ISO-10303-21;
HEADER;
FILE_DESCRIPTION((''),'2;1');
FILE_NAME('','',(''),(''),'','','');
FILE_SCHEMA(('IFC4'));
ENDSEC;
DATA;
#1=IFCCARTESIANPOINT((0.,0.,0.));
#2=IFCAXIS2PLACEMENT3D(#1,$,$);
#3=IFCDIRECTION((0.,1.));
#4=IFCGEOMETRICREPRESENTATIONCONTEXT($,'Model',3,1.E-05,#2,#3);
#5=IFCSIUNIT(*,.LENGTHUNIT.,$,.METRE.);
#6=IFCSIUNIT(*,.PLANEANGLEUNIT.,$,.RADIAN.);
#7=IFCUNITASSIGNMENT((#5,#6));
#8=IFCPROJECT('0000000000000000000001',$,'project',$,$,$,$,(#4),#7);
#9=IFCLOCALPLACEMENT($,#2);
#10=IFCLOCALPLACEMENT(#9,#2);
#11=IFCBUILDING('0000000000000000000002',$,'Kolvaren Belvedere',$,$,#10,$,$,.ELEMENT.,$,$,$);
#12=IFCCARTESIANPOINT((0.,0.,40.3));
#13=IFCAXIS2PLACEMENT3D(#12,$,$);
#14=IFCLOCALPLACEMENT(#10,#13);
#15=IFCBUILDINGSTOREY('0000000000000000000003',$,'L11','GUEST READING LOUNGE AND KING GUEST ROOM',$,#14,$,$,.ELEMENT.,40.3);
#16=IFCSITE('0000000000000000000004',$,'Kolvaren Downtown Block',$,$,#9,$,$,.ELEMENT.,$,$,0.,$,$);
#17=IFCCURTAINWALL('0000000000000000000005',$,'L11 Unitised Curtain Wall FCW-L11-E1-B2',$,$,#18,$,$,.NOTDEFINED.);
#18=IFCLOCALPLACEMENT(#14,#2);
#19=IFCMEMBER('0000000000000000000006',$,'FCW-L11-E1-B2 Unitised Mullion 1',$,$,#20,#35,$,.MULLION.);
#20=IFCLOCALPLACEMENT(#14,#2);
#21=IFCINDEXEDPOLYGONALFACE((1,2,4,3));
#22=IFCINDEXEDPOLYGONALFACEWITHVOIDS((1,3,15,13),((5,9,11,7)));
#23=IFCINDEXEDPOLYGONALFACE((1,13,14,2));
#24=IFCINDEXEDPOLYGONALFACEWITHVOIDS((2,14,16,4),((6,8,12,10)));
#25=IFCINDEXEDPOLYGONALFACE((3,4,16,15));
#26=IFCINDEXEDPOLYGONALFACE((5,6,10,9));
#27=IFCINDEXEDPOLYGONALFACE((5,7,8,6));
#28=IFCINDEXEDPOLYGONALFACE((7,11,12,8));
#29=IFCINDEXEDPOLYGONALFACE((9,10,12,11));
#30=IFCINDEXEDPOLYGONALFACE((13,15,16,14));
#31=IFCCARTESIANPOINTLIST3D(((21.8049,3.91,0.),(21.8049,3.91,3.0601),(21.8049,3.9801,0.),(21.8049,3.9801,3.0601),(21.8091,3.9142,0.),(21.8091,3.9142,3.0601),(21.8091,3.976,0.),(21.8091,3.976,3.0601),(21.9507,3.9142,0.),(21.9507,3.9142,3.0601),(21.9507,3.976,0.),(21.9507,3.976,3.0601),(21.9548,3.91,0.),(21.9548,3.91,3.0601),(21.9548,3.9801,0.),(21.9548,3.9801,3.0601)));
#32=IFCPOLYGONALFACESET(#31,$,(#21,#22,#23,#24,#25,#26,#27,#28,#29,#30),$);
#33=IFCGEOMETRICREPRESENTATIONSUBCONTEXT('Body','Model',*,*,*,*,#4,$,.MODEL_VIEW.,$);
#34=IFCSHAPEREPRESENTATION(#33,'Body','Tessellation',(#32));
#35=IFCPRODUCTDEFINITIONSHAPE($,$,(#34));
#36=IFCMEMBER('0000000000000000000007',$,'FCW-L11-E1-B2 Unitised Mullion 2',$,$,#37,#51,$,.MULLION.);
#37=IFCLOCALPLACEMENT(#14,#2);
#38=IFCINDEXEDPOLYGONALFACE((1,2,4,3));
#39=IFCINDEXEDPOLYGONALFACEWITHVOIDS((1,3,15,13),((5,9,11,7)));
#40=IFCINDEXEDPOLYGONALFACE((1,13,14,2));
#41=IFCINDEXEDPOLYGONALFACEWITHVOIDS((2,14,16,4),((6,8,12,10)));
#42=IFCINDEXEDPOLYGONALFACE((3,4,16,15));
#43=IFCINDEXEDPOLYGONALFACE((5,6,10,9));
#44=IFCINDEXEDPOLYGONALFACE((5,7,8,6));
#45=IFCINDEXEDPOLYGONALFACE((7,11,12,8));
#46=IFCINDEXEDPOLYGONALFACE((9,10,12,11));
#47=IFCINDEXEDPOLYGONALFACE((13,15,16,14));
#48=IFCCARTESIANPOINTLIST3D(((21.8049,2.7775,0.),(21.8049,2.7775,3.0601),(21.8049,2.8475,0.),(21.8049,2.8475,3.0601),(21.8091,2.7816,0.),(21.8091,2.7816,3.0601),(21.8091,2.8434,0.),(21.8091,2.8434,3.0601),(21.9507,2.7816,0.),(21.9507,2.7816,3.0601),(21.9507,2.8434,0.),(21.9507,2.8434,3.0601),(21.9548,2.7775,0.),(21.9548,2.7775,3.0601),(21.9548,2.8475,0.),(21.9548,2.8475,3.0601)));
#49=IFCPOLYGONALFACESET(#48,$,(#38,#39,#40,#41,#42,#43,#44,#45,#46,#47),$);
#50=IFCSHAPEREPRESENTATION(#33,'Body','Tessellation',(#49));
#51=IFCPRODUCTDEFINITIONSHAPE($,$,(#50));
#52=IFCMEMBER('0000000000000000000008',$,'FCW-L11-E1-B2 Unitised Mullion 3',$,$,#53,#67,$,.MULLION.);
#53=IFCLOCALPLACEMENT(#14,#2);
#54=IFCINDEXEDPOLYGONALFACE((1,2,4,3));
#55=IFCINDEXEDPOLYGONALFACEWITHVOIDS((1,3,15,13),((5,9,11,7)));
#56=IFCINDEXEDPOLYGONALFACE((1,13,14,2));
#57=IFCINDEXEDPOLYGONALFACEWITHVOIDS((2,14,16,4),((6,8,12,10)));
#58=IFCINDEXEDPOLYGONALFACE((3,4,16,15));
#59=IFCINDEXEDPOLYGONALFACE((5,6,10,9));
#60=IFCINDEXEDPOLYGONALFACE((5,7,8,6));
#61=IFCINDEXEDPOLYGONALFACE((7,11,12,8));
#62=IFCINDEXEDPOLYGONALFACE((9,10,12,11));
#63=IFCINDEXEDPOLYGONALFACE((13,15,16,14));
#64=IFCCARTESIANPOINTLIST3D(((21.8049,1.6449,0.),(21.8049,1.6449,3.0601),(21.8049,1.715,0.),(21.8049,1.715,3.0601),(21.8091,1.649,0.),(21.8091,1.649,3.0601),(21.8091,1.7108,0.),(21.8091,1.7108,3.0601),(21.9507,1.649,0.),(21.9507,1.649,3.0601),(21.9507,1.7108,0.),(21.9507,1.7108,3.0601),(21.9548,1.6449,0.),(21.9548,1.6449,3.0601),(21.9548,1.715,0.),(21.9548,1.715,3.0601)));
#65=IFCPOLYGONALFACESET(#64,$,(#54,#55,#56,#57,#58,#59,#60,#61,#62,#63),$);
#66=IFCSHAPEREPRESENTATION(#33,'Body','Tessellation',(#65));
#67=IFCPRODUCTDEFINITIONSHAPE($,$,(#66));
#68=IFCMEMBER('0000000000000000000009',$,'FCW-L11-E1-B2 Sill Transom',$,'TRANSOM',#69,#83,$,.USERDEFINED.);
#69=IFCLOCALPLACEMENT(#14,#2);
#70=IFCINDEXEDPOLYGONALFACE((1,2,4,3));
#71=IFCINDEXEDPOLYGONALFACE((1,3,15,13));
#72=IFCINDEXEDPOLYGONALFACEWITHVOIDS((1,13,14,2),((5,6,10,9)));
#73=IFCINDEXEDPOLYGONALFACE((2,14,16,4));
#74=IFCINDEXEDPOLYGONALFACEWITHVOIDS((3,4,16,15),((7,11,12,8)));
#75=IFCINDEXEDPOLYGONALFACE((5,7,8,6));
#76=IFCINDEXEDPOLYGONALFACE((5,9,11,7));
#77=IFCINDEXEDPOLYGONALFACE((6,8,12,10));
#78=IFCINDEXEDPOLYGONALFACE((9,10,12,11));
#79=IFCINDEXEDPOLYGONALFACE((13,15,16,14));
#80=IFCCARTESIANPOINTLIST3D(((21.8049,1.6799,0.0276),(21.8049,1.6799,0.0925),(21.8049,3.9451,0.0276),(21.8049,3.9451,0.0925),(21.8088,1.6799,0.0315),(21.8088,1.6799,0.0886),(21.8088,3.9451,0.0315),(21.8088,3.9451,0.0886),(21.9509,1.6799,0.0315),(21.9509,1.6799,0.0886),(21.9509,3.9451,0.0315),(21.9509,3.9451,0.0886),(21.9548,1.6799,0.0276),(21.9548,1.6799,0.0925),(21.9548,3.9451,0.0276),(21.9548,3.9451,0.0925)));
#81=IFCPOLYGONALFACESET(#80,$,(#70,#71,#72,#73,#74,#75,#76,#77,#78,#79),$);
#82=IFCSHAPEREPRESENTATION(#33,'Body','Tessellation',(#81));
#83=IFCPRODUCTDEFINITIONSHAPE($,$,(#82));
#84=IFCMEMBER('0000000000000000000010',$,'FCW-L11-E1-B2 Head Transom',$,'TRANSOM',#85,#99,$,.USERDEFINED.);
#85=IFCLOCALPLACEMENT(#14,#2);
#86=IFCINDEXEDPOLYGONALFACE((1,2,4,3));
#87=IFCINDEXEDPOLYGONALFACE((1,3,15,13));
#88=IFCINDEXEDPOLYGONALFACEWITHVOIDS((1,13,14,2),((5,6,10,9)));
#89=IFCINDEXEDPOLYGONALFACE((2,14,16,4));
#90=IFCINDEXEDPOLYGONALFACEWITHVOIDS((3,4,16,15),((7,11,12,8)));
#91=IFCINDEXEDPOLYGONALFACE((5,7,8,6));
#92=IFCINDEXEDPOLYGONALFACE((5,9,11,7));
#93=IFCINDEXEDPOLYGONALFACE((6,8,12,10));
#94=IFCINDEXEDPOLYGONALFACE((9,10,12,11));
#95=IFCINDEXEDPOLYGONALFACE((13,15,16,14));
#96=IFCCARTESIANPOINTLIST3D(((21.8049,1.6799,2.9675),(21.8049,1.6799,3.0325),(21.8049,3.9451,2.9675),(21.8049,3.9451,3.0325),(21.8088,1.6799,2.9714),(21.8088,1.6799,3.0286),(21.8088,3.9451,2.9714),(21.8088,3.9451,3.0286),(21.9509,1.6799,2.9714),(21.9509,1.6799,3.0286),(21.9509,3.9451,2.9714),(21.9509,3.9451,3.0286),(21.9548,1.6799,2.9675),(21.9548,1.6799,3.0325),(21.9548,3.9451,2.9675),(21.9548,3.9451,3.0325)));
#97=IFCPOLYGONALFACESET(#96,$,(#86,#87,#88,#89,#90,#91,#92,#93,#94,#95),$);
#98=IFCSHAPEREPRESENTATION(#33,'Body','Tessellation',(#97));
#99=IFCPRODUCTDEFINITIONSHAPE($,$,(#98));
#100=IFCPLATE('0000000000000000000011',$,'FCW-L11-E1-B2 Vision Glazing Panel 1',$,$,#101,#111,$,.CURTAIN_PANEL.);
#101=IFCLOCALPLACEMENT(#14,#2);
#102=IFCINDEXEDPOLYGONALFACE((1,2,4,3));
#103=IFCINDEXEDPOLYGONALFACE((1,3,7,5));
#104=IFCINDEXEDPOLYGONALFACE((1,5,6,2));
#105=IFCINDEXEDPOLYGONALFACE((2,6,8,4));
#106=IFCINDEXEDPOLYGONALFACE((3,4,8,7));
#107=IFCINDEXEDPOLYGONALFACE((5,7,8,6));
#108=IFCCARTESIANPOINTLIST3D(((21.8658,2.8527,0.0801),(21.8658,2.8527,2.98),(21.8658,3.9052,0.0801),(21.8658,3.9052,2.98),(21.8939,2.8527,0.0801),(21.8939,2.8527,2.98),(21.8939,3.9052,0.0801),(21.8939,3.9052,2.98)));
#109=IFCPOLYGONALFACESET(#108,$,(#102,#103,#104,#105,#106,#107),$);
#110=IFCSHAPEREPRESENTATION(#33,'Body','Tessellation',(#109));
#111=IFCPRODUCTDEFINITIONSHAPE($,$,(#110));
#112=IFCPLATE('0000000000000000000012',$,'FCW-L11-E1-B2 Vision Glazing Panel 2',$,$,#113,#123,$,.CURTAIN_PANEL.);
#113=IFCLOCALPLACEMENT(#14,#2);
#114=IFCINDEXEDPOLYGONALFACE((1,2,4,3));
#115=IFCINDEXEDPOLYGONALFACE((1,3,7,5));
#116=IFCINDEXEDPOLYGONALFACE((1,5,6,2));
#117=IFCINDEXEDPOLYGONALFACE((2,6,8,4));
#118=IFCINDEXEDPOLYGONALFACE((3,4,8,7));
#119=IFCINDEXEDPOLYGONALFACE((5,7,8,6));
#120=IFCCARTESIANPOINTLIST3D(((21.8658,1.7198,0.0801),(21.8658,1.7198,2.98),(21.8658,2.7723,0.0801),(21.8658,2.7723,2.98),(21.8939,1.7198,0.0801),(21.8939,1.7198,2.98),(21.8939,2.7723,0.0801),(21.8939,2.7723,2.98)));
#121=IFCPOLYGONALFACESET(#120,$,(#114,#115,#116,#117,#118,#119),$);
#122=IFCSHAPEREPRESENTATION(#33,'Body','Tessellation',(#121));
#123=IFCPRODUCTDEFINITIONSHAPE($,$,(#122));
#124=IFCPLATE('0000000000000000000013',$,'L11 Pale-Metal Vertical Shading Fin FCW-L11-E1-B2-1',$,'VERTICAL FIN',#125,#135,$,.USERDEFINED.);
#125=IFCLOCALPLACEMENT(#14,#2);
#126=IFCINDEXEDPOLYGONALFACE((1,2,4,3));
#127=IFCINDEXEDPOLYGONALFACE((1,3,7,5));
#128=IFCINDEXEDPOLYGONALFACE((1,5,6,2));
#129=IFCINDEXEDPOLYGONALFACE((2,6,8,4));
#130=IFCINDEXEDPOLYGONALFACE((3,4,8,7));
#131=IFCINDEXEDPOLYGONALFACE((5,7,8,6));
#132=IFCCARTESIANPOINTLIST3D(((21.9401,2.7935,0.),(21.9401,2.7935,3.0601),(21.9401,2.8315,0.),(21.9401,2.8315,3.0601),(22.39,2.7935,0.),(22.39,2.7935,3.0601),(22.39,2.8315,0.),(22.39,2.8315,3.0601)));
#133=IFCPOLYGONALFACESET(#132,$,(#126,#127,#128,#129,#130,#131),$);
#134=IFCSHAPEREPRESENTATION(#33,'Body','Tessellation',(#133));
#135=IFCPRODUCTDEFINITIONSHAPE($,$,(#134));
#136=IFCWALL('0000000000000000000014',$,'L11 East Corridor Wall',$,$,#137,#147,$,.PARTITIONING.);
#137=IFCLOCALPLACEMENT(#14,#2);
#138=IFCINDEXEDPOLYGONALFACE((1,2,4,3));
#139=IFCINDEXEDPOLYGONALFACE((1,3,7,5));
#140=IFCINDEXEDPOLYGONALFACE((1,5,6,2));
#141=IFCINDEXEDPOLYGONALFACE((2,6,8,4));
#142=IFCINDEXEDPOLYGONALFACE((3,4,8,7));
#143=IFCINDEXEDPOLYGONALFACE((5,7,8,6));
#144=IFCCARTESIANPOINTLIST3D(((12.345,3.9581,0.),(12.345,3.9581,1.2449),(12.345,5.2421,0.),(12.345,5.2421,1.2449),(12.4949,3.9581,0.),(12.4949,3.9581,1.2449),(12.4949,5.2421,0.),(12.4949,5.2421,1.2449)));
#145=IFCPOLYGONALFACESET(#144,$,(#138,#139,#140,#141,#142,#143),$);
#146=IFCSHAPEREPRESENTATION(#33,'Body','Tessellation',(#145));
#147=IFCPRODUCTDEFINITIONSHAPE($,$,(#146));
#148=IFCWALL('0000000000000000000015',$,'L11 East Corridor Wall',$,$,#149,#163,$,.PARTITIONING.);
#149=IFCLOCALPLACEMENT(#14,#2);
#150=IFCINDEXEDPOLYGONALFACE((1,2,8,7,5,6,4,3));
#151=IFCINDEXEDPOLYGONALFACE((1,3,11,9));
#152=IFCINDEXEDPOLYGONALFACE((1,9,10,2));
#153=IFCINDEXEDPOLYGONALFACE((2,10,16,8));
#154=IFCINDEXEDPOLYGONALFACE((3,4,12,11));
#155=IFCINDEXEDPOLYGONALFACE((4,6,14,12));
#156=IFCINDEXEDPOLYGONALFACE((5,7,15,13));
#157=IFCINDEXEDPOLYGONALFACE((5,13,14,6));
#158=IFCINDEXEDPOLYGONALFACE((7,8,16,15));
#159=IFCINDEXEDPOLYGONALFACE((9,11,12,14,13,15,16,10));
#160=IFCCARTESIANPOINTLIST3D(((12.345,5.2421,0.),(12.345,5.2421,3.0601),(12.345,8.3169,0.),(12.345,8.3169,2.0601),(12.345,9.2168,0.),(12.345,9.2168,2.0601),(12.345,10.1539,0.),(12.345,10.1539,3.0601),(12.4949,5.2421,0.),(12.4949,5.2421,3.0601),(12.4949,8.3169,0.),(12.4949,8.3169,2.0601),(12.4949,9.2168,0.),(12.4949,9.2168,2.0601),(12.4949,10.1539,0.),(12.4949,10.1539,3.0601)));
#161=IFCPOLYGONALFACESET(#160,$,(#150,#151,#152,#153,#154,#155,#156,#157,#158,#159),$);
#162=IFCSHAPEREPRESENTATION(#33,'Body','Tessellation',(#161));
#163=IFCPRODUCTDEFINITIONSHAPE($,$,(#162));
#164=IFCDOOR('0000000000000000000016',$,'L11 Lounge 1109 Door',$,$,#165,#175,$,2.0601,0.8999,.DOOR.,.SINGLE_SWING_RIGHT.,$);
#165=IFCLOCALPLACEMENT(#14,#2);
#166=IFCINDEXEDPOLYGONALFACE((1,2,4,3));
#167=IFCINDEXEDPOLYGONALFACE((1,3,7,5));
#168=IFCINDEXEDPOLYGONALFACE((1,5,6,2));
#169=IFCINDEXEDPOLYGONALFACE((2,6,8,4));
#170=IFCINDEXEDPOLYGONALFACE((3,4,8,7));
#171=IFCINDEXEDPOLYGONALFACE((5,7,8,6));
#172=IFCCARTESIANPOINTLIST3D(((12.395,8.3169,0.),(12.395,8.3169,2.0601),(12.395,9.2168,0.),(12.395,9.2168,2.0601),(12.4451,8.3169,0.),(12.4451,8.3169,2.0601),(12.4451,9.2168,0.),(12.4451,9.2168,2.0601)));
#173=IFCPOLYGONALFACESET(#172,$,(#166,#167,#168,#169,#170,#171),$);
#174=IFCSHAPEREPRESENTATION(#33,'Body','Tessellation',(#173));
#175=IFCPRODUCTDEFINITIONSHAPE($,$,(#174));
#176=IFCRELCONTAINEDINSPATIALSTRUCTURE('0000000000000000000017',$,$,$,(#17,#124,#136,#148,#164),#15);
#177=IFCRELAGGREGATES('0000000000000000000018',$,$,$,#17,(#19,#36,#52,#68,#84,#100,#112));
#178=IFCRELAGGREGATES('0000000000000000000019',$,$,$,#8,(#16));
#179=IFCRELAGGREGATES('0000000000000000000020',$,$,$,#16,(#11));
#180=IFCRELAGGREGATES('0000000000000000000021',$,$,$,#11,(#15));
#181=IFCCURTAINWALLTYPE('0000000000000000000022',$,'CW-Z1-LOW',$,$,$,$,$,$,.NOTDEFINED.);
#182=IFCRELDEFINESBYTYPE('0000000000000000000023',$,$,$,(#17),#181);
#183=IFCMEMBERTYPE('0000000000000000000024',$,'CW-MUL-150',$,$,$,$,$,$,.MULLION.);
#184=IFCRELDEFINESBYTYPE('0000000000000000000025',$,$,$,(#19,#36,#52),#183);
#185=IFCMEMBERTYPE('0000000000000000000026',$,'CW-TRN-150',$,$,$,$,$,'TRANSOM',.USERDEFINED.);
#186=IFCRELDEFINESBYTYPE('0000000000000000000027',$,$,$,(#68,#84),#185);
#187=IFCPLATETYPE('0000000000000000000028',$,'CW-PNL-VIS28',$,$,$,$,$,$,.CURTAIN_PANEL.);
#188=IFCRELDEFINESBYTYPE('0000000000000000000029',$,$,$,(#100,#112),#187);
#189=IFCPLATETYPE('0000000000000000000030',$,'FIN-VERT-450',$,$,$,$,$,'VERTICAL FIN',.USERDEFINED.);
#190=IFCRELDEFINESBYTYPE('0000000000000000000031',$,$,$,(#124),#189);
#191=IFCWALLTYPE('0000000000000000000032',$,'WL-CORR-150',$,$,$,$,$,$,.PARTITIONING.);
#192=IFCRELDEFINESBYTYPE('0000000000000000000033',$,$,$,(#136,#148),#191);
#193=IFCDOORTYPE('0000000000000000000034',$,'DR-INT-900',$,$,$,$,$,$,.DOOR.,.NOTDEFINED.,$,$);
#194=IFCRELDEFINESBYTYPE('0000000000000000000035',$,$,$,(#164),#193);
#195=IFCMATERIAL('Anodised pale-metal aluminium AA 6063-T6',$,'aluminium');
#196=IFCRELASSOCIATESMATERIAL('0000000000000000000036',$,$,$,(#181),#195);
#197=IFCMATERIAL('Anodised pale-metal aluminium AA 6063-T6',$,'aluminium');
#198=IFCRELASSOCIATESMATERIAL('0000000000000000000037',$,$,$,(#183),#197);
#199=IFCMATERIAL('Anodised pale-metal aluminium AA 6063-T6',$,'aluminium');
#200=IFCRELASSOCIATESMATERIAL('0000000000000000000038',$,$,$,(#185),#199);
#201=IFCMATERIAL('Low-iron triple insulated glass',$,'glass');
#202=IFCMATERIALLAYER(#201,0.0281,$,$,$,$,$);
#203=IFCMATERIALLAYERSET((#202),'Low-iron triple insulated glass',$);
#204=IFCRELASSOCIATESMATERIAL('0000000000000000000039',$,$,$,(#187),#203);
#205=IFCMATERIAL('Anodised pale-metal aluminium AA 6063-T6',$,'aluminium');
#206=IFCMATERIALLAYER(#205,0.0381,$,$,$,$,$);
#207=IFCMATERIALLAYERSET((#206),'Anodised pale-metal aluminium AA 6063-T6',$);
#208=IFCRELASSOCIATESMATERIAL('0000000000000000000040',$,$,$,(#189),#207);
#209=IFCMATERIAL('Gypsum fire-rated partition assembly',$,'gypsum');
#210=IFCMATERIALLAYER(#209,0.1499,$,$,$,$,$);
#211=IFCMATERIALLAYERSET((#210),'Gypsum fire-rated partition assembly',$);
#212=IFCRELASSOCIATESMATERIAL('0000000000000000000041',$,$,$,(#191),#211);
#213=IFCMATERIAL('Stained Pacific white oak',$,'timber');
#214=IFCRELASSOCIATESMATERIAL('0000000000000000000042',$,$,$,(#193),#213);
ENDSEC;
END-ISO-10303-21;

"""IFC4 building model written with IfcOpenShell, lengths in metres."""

from ifc_helpers import new_model, si_unit, direction, frame, frame_2d, origin, origin_2d, place, context, subcontext, project, spatial, rectangle, hollow_rectangle, extrude, material, layer, layer_set, material_profile, profile_set, type_object, element, fill, aggregate, save


model = new_model("IFC4")

# Units and contexts
model_context = context("Model", 3, precision=1e-05, world=origin(), true_north=direction((0.0, 1.0)))
body_context = subcontext(model_context, "Body", "Model", "MODEL_VIEW")
ifc_project = project(units=[si_unit("LENGTHUNIT", "METRE"), si_unit("PLANEANGLEUNIT", "RADIAN")], contexts=[model_context])

# Site, building, storey
site_placement = place(None, origin())
site = spatial("IfcSite", under=ifc_project, at=site_placement, Name="Kolvaren Downtown Block", CompositionType="ELEMENT", RefElevation=0.0)
building_placement = place(site_placement, origin())
building = spatial("IfcBuilding", under=site, at=building_placement, Name="Kolvaren Belvedere", CompositionType="ELEMENT")
storey_placement = place(building_placement, frame((0.0, 0.0, 40.3)))
storey = spatial("IfcBuildingStorey", under=building, at=storey_placement, Name="L11", Description="GUEST READING LOUNGE AND KING GUEST ROOM", CompositionType="ELEMENT", Elevation=40.3)

# Shared definitions
ifc_material_1 = material(Name="Anodised pale-metal aluminium AA 6063-T6", Category="aluminium")
curtain_wall_type = type_object("IfcCurtainWallType", Name="CW-Z1-LOW", PredefinedType="NOTDEFINED", material=ifc_material_1)
ifc_material_2 = material(Name="Anodised pale-metal aluminium AA 6063-T6", Category="aluminium")
ifc_material_profile_1 = material_profile(ifc_material_2, hollow_rectangle(XDim=0.0701, YDim=0.1499, WallThickness=0.0042, at=origin_2d()), Name="ALU-MUL-150X70")
ifc_profile_set_1 = profile_set([ifc_material_profile_1], Name="Anodised pale-metal aluminium AA 6063-T6")
member_type_1 = type_object("IfcMemberType", Name="CW-MUL-150", PredefinedType="MULLION", material=ifc_profile_set_1)

# Curtain wall, members, plates
curtain_wall_1_placement = place(storey_placement, origin())
curtain_wall_1 = element("IfcCurtainWall", 1, at=curtain_wall_1_placement, inside=storey, type_object=curtain_wall_type, Name="L11 Unitised Curtain Wall FCW-L11-E1-B2", PredefinedType="NOTDEFINED")
member_1_placement = place(storey_placement, frame((21.8799, 3.9451, 0.0), z_axis=(0.0, 0.0, 1.0), x_axis=(0.0, 1.0, 0.0)))
member_1 = element("IfcMember", 2, at=member_1_placement, type_object=member_type_1, Name="FCW-L11-E1-B2 Unitised Mullion 1", PredefinedType="MULLION", context=body_context, shape_type="SweptSolid", body=[
    extrude(hollow_rectangle(XDim=0.0701, YDim=0.1499, WallThickness=0.0042, at=origin_2d()), origin(), (0.0, 0.0, 1.0), 3.0601),
])
member_2_placement = place(storey_placement, frame((21.8799, 2.8125, 0.0), z_axis=(0.0, 0.0, 1.0), x_axis=(0.0, 1.0, 0.0)))
member_2 = element("IfcMember", 3, at=member_2_placement, type_object=member_type_1, Name="FCW-L11-E1-B2 Unitised Mullion 2", PredefinedType="MULLION", context=body_context, shape_type="SweptSolid", body=[
    extrude(hollow_rectangle(XDim=0.0701, YDim=0.1499, WallThickness=0.0042, at=origin_2d()), origin(), (0.0, 0.0, 1.0), 3.0601),
])
member_3_placement = place(storey_placement, frame((21.8799, 1.6799, 0.0), z_axis=(0.0, 0.0, 1.0), x_axis=(0.0, 1.0, 0.0)))
member_3 = element("IfcMember", 4, at=member_3_placement, type_object=member_type_1, Name="FCW-L11-E1-B2 Unitised Mullion 3", PredefinedType="MULLION", context=body_context, shape_type="SweptSolid", body=[
    extrude(hollow_rectangle(XDim=0.0701, YDim=0.1499, WallThickness=0.0042, at=origin_2d()), origin(), (0.0, 0.0, 1.0), 3.0601),
])
ifc_material_3 = material(Name="Anodised pale-metal aluminium AA 6063-T6", Category="aluminium")
ifc_material_profile_2 = material_profile(ifc_material_3, hollow_rectangle(XDim=0.0649, YDim=0.1499, WallThickness=0.0039, at=origin_2d()), Name="ALU-TRN-150X65")
ifc_profile_set_2 = profile_set([ifc_material_profile_2], Name="Anodised pale-metal aluminium AA 6063-T6")
member_type_2 = type_object("IfcMemberType", Name="CW-TRN-150", ElementType="TRANSOM", PredefinedType="USERDEFINED", material=ifc_profile_set_2)
member_4_placement = place(storey_placement, frame((21.8799, 3.9451, 0.0601), z_axis=(0.0, -1.0, 0.0), x_axis=(0.0, 0.0, 1.0)))
member_4 = element("IfcMember", 5, at=member_4_placement, type_object=member_type_2, Name="FCW-L11-E1-B2 Sill Transom", ObjectType="TRANSOM", PredefinedType="USERDEFINED", context=body_context, shape_type="SweptSolid", body=[
    extrude(hollow_rectangle(XDim=0.0649, YDim=0.1499, WallThickness=0.0039, at=origin_2d()), origin(), (0.0, 0.0, 1.0), 2.2651),
])
member_5_placement = place(storey_placement, frame((21.8799, 3.9451, 3.0), z_axis=(0.0, -1.0, 0.0), x_axis=(0.0, 0.0, 1.0)))
member_5 = element("IfcMember", 6, at=member_5_placement, type_object=member_type_2, Name="FCW-L11-E1-B2 Head Transom", ObjectType="TRANSOM", PredefinedType="USERDEFINED", context=body_context, shape_type="SweptSolid", body=[
    extrude(hollow_rectangle(XDim=0.0649, YDim=0.1499, WallThickness=0.0039, at=origin_2d()), origin(), (0.0, 0.0, 1.0), 2.2651),
])
ifc_material_4 = material(Name="Low-iron triple insulated glass", Category="glass")
ifc_layer_1 = layer(ifc_material_4, 0.0281)
ifc_layer_set_1 = layer_set([ifc_layer_1], Name="Low-iron triple insulated glass")
plate_type_1 = type_object("IfcPlateType", Name="CW-PNL-VIS28", PredefinedType="CURTAIN_PANEL", material=ifc_layer_set_1)
plate_1_placement = place(storey_placement, frame((21.8799, 3.3789, 0.0801), z_axis=(0.0, 0.0, 1.0), x_axis=(0.0, -1.0, 0.0)))
plate_1 = element("IfcPlate", 7, at=plate_1_placement, type_object=plate_type_1, Name="FCW-L11-E1-B2 Vision Glazing Panel 1", PredefinedType="CURTAIN_PANEL", context=body_context, shape_type="SweptSolid", body=[
    extrude(rectangle(XDim=1.0525, YDim=0.0281, at=origin_2d()), origin(), (0.0, 0.0, 1.0), 2.8999),
])
plate_2_placement = place(storey_placement, frame((21.8799, 2.2461, 0.0801), z_axis=(0.0, 0.0, 1.0), x_axis=(0.0, -1.0, 0.0)))
plate_2 = element("IfcPlate", 8, at=plate_2_placement, type_object=plate_type_1, Name="FCW-L11-E1-B2 Vision Glazing Panel 2", PredefinedType="CURTAIN_PANEL", context=body_context, shape_type="SweptSolid", body=[
    extrude(rectangle(XDim=1.0525, YDim=0.0281, at=origin_2d()), origin(), (0.0, 0.0, 1.0), 2.8999),
])
aggregate(curtain_wall_1, [member_1, member_2, member_3, member_4, member_5, plate_1, plate_2])

# Plate
ifc_material_5 = material(Name="Anodised pale-metal aluminium AA 6063-T6", Category="aluminium")
ifc_layer_2 = layer(ifc_material_5, 0.0381)
ifc_layer_set_2 = layer_set([ifc_layer_2], Name="Anodised pale-metal aluminium AA 6063-T6")
plate_type_2 = type_object("IfcPlateType", Name="FIN-VERT-450", ElementType="VERTICAL FIN", PredefinedType="USERDEFINED", material=ifc_layer_set_2)
plate_3_placement = place(storey_placement, frame((22.165, 2.8125, 0.0), z_axis=(0.0, 0.0, 1.0), x_axis=(1.0, 0.0, 0.0)))
element("IfcPlate", 9, at=plate_3_placement, inside=storey, type_object=plate_type_2, Name="L11 Pale-Metal Vertical Shading Fin FCW-L11-E1-B2-1", ObjectType="VERTICAL FIN", PredefinedType="USERDEFINED", context=body_context, shape_type="SweptSolid", body=[
    extrude(rectangle(XDim=0.45, YDim=0.0381, at=origin_2d()), origin(), (0.0, 0.0, 1.0), 3.0601),
])

# Wall
ifc_material_6 = material(Name="Gypsum fire-rated partition assembly", Category="gypsum")
ifc_layer_3 = layer(ifc_material_6, 0.1499)
ifc_layer_set_3 = layer_set([ifc_layer_3], Name="Gypsum fire-rated partition assembly")
wall_type_1 = type_object("IfcWallType", Name="WL-CORR-150", PredefinedType="PARTITIONING", material=ifc_layer_set_3)
wall_1_placement = place(storey_placement, frame((12.4199, 3.958, 0.0), z_axis=(0.0, 0.0, 1.0), x_axis=(0.0, 1.0, 0.0)))
element("IfcWall", 10, at=wall_1_placement, inside=storey, type_object=wall_type_1, Name="L11 East Corridor Wall", PredefinedType="PARTITIONING", context=body_context, shape_type="SweptSolid", body=[
    extrude(rectangle(XDim=1.2839, YDim=0.1499, at=frame_2d((0.6421, 0.0))), origin(), (0.0, 0.0, 1.0), 1.2449),
])

# Wall, opening, door
wall_2_placement = place(storey_placement, frame((12.4199, 5.2419, 0.0), z_axis=(0.0, 0.0, 1.0), x_axis=(0.0, 1.0, 0.0)))
wall_2 = element("IfcWall", 11, at=wall_2_placement, inside=storey, type_object=wall_type_1, Name="L11 East Corridor Wall", PredefinedType="PARTITIONING", context=body_context, shape_type="SweptSolid", body=[
    extrude(rectangle(XDim=4.9119, YDim=0.1499, at=frame_2d((2.4561, 0.0))), origin(), (0.0, 0.0, 1.0), 3.0601),
])
opening_1_placement = place(wall_2_placement, frame((3.075, 0.0, 0.0)))
opening_1 = element("IfcOpeningElement", 12, at=opening_1_placement, cuts=wall_2, PredefinedType="OPENING", context=body_context, shape_type="SweptSolid", body=[
    extrude(rectangle(XDim=0.8999, YDim=2.0601, at=frame_2d((0.45, 1.03))), frame((0.0, 0.085, 0.0), z_axis=(0.0, -1.0, 0.0), x_axis=(1.0, 0.0, 0.0)), (0.0, 0.0, 1.0), 0.1699),
])
ifc_material_7 = material(Name="Stained Pacific white oak", Category="timber")
door_type_1 = type_object("IfcDoorType", Name="DR-INT-900", OperationType="NOTDEFINED", PredefinedType="DOOR", material=ifc_material_7)
door_1_placement = place(opening_1_placement, origin())
door_1 = element("IfcDoor", 13, at=door_1_placement, inside=storey, type_object=door_type_1, Name="L11 Lounge 1109 Door", OperationType="SINGLE_SWING_RIGHT", OverallHeight=2.0601, OverallWidth=0.8999, PredefinedType="DOOR", context=body_context, shape_type="SweptSolid", body=[
    extrude(rectangle(XDim=0.8999, YDim=2.0601, at=frame_2d((0.45, 1.03))), frame((0.0, 0.0249, 0.0), z_axis=(0.0, -1.0, 0.0), x_axis=(1.0, 0.0, 0.0)), (0.0, 0.0, 1.0), 0.05),
])
fill(opening_1, door_1)

save(model, "model.ifc")
